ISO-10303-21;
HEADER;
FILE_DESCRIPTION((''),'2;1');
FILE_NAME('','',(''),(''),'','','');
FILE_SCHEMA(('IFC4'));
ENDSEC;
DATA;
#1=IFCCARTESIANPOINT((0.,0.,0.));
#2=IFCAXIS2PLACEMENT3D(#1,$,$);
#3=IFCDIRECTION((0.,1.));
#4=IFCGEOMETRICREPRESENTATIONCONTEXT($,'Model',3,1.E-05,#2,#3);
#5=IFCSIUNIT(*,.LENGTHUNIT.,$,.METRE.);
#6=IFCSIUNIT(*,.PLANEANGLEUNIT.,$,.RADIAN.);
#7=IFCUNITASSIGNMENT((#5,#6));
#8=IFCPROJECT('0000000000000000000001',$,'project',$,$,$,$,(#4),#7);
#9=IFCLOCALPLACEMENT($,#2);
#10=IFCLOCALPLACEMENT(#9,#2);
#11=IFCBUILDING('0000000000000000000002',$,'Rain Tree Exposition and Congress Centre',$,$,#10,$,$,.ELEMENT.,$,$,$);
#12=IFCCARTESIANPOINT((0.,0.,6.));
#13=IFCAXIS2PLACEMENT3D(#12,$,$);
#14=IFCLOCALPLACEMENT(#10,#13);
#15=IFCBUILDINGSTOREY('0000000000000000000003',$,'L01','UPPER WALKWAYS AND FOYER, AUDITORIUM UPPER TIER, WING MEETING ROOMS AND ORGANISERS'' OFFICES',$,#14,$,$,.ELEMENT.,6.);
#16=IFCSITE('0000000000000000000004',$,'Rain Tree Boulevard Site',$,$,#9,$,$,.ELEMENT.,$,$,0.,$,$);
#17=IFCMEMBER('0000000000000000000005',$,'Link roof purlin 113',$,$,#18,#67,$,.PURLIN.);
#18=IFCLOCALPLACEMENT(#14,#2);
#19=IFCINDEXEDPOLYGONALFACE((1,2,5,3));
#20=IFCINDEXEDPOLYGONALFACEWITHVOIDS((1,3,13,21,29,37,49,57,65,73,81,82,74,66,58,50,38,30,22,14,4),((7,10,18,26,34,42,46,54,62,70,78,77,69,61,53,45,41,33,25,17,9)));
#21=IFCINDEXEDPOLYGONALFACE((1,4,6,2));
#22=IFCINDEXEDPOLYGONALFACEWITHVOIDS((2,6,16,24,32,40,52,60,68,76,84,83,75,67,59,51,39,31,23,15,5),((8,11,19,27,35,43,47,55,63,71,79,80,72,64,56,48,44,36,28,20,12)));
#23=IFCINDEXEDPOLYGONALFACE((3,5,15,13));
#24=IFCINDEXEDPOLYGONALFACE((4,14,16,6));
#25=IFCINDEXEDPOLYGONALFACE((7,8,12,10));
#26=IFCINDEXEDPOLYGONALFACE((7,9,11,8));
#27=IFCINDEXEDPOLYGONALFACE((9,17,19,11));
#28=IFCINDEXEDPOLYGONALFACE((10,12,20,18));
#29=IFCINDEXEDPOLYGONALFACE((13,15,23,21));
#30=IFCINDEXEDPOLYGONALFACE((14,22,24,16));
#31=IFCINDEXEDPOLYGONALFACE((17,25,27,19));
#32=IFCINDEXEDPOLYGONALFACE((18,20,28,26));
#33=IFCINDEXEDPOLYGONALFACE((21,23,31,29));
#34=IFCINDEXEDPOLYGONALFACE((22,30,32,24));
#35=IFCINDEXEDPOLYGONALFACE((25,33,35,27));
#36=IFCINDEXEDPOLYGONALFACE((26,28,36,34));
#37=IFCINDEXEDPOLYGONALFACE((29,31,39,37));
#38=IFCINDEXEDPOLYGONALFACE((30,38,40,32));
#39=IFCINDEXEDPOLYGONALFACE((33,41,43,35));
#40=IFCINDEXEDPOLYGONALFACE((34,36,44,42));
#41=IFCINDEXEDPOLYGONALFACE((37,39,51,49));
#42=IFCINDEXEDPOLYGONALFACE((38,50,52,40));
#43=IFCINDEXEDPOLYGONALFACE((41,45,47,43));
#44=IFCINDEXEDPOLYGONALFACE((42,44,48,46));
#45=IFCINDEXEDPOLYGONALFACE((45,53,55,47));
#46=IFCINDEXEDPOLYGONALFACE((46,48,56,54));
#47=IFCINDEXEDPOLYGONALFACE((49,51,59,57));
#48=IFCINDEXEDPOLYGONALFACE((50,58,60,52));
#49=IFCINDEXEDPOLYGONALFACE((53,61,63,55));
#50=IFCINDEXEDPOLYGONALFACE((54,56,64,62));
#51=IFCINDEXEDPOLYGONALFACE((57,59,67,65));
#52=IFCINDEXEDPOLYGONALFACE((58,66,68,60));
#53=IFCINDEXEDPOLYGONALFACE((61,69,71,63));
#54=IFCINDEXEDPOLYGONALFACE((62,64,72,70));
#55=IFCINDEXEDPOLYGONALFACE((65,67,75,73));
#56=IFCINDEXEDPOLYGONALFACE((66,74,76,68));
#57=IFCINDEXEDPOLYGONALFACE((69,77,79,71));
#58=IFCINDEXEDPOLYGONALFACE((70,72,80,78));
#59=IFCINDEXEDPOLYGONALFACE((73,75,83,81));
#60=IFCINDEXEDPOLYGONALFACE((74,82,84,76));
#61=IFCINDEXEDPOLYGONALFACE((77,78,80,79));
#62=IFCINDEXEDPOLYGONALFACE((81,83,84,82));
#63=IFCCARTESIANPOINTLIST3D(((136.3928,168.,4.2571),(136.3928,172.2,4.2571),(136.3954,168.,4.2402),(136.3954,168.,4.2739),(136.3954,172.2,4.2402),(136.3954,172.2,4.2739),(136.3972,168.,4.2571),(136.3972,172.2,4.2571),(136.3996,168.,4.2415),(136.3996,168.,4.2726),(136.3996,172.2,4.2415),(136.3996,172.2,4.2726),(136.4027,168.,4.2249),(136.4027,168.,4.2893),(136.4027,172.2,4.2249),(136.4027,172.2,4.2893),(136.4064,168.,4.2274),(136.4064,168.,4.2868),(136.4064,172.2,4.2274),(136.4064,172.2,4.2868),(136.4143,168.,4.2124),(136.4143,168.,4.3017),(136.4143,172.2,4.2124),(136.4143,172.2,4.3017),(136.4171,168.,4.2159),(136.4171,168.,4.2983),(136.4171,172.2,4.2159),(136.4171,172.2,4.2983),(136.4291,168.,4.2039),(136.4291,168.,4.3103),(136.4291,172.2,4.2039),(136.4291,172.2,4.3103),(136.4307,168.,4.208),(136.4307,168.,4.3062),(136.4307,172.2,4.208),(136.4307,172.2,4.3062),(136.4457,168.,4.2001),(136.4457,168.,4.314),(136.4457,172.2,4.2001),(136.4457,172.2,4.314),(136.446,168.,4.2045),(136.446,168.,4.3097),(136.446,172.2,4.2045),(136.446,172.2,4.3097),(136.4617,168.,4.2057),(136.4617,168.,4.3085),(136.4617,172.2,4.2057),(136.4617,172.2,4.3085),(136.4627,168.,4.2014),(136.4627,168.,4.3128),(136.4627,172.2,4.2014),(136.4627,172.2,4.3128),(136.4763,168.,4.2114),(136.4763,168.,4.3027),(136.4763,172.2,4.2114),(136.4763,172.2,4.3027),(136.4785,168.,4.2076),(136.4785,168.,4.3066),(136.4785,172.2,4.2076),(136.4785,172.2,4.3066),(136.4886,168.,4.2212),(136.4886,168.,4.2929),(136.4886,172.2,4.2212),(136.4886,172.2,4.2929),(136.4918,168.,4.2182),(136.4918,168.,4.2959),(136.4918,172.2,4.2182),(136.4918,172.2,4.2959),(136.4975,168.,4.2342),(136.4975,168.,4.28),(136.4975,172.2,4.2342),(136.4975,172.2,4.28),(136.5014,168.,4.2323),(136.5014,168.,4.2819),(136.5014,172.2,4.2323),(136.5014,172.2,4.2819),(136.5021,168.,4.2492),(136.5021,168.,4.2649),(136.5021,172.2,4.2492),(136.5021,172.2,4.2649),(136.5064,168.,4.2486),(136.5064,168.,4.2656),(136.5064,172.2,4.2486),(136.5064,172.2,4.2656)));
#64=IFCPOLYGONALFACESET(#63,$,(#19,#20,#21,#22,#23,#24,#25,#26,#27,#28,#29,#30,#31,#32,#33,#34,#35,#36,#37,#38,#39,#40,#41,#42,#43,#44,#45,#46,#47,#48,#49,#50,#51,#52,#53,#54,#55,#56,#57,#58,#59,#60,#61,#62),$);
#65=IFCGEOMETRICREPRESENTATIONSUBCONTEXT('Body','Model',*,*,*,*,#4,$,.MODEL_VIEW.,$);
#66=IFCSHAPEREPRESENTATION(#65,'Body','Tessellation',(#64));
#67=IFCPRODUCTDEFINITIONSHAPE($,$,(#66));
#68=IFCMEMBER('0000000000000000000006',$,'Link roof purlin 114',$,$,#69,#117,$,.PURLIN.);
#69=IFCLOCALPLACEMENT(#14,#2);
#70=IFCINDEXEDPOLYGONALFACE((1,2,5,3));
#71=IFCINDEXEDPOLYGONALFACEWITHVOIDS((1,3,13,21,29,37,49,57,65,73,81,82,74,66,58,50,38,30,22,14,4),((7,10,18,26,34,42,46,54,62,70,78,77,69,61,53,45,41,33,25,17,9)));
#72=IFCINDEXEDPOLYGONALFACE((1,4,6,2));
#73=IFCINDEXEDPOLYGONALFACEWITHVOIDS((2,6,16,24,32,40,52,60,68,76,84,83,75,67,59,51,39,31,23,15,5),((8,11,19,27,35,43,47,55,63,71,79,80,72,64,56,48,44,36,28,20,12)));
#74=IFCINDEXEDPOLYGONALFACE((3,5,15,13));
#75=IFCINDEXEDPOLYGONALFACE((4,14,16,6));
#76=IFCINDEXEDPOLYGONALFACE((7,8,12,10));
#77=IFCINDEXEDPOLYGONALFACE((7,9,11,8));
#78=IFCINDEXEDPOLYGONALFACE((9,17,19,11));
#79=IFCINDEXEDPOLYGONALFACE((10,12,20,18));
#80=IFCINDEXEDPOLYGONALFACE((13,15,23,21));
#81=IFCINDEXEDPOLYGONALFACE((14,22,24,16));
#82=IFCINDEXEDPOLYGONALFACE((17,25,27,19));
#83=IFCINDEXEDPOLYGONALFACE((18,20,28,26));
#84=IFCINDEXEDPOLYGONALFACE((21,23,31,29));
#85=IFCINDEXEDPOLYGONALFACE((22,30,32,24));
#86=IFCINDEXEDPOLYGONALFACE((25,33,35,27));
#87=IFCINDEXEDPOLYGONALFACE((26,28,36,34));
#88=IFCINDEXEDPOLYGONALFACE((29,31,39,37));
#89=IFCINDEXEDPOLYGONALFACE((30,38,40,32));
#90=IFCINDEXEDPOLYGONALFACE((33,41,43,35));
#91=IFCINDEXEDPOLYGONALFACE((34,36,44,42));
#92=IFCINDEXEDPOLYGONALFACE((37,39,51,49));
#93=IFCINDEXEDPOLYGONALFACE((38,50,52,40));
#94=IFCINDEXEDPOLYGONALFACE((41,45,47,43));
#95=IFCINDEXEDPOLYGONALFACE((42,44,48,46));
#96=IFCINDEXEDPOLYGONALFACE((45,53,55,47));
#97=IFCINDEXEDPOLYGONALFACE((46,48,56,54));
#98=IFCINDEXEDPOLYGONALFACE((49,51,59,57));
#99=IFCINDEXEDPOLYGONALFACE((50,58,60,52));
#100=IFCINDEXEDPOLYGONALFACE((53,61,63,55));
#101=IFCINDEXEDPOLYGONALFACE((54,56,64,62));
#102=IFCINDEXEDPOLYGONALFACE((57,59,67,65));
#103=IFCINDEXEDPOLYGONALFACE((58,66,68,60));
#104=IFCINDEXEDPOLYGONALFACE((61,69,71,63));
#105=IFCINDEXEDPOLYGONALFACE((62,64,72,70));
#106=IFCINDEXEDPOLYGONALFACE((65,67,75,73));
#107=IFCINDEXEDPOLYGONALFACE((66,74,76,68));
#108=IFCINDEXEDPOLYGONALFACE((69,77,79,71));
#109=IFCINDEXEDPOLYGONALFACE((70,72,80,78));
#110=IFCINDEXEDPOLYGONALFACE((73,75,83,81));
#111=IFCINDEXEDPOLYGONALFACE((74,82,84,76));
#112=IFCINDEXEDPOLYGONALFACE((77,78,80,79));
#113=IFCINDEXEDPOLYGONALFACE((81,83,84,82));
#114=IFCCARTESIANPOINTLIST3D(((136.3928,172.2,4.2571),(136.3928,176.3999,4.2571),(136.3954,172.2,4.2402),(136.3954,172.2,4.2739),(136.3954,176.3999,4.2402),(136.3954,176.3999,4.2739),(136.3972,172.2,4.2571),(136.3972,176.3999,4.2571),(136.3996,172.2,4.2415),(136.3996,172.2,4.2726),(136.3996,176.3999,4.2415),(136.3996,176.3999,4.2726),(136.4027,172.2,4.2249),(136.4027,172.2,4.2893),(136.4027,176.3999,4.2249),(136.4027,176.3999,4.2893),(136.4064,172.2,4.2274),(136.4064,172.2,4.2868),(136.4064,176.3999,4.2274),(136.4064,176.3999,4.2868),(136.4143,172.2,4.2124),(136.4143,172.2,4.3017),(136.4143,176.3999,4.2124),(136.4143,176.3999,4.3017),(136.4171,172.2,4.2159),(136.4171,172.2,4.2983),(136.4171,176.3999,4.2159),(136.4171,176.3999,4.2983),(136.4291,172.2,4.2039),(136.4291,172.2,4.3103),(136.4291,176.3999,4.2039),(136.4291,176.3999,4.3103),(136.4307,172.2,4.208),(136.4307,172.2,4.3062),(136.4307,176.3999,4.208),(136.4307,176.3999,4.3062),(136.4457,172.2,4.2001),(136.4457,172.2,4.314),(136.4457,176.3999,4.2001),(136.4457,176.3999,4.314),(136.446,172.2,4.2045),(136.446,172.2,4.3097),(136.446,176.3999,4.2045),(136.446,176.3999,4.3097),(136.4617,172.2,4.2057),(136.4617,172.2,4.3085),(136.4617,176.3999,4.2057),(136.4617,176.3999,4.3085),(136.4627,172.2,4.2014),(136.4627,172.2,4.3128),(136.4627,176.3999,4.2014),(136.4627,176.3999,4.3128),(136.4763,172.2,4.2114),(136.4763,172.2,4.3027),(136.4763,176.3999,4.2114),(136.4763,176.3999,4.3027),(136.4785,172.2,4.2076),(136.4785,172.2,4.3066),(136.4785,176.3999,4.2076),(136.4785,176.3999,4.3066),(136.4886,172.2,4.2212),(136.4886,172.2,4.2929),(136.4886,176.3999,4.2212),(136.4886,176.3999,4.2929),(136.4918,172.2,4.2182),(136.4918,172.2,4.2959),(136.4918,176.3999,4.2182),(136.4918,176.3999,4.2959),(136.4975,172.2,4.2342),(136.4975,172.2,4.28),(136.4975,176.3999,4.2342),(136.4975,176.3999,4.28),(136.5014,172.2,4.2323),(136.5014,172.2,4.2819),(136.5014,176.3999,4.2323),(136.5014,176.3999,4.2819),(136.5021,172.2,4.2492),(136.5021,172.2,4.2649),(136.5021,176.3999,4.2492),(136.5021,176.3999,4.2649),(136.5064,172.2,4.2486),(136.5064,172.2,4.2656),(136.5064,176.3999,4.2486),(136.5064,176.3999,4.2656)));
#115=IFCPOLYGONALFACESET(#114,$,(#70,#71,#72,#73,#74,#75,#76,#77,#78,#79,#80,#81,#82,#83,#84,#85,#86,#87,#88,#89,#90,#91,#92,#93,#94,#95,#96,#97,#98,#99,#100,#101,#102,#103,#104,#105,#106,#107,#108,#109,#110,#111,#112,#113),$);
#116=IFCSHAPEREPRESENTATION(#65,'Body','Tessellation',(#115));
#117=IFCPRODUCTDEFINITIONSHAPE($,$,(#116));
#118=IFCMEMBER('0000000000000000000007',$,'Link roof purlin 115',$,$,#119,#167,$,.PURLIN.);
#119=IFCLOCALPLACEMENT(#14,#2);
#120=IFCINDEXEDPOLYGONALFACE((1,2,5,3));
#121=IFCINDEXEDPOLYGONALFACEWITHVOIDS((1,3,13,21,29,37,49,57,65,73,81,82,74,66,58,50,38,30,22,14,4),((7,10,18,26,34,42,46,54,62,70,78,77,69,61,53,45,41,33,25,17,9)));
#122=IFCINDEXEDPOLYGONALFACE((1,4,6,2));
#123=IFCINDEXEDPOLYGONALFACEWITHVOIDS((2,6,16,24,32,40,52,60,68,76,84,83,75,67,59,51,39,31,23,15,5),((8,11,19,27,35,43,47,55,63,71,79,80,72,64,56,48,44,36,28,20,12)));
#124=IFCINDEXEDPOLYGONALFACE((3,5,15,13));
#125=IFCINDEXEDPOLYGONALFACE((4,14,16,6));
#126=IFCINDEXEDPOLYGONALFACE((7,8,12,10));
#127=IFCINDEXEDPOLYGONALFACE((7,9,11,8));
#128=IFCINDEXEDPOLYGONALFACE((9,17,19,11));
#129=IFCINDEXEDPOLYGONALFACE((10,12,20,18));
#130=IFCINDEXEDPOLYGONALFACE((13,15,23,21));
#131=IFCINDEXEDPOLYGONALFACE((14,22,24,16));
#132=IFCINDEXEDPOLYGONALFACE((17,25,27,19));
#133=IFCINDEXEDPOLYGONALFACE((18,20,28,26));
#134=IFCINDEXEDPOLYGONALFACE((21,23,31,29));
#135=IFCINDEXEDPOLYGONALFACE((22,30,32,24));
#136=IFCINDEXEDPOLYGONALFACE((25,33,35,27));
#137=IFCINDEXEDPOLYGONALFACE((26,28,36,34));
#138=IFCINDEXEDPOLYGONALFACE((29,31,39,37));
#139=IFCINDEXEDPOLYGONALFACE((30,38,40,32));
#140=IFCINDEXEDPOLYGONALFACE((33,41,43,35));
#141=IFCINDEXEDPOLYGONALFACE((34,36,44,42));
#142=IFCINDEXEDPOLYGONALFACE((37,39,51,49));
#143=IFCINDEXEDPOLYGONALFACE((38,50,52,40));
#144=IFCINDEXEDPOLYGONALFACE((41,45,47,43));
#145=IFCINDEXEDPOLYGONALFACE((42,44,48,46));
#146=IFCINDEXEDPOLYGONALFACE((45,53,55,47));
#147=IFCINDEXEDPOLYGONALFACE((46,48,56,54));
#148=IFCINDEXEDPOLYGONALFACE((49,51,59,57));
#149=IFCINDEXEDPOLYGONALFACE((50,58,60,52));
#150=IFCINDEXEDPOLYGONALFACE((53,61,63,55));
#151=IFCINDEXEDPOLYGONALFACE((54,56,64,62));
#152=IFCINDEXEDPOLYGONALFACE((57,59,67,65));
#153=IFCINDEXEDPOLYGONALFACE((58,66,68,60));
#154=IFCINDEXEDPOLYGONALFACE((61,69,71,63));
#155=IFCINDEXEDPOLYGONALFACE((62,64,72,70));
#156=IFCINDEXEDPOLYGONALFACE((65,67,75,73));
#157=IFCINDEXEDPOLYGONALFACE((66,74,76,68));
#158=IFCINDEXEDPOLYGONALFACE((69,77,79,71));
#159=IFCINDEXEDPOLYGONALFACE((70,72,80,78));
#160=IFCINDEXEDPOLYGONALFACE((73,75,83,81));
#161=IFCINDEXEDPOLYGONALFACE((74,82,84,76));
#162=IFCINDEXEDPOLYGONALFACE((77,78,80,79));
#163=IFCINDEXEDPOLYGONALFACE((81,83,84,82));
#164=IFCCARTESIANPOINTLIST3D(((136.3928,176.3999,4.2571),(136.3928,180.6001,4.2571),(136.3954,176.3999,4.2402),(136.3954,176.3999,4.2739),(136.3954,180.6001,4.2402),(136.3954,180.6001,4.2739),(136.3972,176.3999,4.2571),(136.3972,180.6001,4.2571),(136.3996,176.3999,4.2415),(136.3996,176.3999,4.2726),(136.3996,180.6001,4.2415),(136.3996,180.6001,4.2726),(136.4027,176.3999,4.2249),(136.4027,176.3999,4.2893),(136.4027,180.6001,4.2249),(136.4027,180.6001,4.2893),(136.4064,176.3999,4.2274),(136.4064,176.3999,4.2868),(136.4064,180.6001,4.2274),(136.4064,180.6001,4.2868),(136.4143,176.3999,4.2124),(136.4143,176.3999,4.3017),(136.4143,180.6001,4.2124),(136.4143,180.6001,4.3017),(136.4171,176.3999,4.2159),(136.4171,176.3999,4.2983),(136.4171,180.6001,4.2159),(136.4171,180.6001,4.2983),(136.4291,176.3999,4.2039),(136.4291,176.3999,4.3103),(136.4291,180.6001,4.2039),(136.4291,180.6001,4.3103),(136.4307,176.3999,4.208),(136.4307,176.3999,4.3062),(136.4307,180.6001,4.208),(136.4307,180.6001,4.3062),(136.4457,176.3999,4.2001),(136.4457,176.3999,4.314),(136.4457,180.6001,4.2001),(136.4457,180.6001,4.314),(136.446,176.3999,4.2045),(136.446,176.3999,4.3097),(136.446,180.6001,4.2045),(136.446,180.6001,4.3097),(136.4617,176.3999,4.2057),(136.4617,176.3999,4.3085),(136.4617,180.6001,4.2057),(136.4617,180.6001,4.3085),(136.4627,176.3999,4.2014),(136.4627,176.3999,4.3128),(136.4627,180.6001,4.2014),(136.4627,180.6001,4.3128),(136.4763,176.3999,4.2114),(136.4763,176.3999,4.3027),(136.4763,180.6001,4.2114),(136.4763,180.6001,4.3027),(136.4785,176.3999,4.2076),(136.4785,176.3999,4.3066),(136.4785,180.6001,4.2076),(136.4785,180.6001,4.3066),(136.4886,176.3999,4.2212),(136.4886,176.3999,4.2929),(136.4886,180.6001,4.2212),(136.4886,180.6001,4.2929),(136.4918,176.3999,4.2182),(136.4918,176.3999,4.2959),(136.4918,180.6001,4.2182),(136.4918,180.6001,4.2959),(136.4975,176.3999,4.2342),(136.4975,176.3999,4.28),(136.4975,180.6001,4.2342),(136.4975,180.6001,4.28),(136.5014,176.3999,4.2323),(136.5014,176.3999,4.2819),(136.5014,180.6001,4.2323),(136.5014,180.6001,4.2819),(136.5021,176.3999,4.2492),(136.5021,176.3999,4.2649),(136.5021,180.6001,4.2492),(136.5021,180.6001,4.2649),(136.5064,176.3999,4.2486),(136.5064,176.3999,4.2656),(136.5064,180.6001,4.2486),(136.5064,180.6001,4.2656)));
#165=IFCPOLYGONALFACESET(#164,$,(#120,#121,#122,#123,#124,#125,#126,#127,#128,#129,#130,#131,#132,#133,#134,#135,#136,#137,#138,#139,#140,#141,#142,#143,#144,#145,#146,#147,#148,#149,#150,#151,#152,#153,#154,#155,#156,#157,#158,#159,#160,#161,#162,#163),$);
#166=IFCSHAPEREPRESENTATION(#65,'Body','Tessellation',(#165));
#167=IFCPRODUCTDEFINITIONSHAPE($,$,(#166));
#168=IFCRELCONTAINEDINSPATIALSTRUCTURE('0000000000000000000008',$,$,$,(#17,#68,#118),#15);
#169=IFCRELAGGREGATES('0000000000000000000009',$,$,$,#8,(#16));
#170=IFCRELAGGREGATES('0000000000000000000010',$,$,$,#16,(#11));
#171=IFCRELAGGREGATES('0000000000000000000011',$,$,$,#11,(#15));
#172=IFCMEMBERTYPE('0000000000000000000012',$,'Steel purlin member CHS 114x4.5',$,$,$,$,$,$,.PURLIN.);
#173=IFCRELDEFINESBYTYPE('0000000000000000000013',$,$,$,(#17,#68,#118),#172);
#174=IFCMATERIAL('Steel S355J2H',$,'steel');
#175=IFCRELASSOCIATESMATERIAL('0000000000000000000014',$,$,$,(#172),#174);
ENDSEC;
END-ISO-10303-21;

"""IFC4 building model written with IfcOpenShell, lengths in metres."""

from ifc_helpers import new_model, si_unit, direction, frame, origin, origin_2d, place, context, subcontext, project, spatial, hollow_circle, extrude, material, material_profile, profile_set, type_object, element, save


model = new_model("IFC4")

# Units and contexts
model_context = context("Model", 3, precision=1e-05, world=origin(), true_north=direction((0.0, 1.0)))
body_context = subcontext(model_context, "Body", "Model", "MODEL_VIEW")
ifc_project = project(units=[si_unit("LENGTHUNIT", "METRE"), si_unit("PLANEANGLEUNIT", "RADIAN")], contexts=[model_context])

# Site, building, storey
site_placement = place(None, origin())
site = spatial("IfcSite", under=ifc_project, at=site_placement, Name="Rain Tree Boulevard Site", CompositionType="ELEMENT", RefElevation=0.0)
building_placement = place(site_placement, origin())
building = spatial("IfcBuilding", under=site, at=building_placement, Name="Rain Tree Exposition and Congress Centre", CompositionType="ELEMENT")
storey_placement = place(building_placement, frame((0.0, 0.0, 6.0)))
storey = spatial("IfcBuildingStorey", under=building, at=storey_placement, Name="L01", Description="UPPER WALKWAYS AND FOYER, AUDITORIUM UPPER TIER, WING MEETING ROOMS AND ORGANISERS' OFFICES", CompositionType="ELEMENT", Elevation=6.0)

# Members
ifc_material_1 = material(Name="Steel S355J2H", Category="steel")
ifc_material_profile = material_profile(ifc_material_1, hollow_circle(Radius=0.0571, WallThickness=0.0044, at=origin_2d()), Name="CHS 114x4.5")
ifc_profile_set = profile_set([ifc_material_profile], Name="Steel S355J2H")
member_type = type_object("IfcMemberType", Name="Steel purlin member CHS 114x4.5", PredefinedType="PURLIN", material=ifc_profile_set)
for number, where, z_axis, x_axis, name in (
    (1, (136.45, 168.0, 4.2571), (0.0, 1.0, 0.0), (-1.0, 0.0, 0.0), "Link roof purlin 113"),
    (2, (136.45, 172.2, 4.2571), (0.0, 1.0, 0.0), (-1.0, 0.0, 0.0), "Link roof purlin 114"),
):
    element("IfcMember", number, at=place(storey_placement, frame(where, z_axis=z_axis, x_axis=x_axis)), inside=storey, type_object=member_type, Name=name, PredefinedType="PURLIN", context=body_context, shape_type="SweptSolid", body=[
        extrude(hollow_circle(Radius=0.0571, WallThickness=0.0044, at=origin_2d()), origin(), (0.0, 0.0, 1.0), 4.2),
    ])
member_1_placement = place(storey_placement, frame((136.45, 176.3999, 4.2571), z_axis=(0.0, 1.0, 0.0), x_axis=(-1.0, 0.0, 0.0)))
element("IfcMember", 3, at=member_1_placement, inside=storey, type_object=member_type, Name="Link roof purlin 115", PredefinedType="PURLIN", context=body_context, shape_type="SweptSolid", body=[
    extrude(hollow_circle(Radius=0.0571, WallThickness=0.0044, at=origin_2d()), origin(), (0.0, 0.0, 1.0), 4.2002),
])

save(model, "model.ifc")
